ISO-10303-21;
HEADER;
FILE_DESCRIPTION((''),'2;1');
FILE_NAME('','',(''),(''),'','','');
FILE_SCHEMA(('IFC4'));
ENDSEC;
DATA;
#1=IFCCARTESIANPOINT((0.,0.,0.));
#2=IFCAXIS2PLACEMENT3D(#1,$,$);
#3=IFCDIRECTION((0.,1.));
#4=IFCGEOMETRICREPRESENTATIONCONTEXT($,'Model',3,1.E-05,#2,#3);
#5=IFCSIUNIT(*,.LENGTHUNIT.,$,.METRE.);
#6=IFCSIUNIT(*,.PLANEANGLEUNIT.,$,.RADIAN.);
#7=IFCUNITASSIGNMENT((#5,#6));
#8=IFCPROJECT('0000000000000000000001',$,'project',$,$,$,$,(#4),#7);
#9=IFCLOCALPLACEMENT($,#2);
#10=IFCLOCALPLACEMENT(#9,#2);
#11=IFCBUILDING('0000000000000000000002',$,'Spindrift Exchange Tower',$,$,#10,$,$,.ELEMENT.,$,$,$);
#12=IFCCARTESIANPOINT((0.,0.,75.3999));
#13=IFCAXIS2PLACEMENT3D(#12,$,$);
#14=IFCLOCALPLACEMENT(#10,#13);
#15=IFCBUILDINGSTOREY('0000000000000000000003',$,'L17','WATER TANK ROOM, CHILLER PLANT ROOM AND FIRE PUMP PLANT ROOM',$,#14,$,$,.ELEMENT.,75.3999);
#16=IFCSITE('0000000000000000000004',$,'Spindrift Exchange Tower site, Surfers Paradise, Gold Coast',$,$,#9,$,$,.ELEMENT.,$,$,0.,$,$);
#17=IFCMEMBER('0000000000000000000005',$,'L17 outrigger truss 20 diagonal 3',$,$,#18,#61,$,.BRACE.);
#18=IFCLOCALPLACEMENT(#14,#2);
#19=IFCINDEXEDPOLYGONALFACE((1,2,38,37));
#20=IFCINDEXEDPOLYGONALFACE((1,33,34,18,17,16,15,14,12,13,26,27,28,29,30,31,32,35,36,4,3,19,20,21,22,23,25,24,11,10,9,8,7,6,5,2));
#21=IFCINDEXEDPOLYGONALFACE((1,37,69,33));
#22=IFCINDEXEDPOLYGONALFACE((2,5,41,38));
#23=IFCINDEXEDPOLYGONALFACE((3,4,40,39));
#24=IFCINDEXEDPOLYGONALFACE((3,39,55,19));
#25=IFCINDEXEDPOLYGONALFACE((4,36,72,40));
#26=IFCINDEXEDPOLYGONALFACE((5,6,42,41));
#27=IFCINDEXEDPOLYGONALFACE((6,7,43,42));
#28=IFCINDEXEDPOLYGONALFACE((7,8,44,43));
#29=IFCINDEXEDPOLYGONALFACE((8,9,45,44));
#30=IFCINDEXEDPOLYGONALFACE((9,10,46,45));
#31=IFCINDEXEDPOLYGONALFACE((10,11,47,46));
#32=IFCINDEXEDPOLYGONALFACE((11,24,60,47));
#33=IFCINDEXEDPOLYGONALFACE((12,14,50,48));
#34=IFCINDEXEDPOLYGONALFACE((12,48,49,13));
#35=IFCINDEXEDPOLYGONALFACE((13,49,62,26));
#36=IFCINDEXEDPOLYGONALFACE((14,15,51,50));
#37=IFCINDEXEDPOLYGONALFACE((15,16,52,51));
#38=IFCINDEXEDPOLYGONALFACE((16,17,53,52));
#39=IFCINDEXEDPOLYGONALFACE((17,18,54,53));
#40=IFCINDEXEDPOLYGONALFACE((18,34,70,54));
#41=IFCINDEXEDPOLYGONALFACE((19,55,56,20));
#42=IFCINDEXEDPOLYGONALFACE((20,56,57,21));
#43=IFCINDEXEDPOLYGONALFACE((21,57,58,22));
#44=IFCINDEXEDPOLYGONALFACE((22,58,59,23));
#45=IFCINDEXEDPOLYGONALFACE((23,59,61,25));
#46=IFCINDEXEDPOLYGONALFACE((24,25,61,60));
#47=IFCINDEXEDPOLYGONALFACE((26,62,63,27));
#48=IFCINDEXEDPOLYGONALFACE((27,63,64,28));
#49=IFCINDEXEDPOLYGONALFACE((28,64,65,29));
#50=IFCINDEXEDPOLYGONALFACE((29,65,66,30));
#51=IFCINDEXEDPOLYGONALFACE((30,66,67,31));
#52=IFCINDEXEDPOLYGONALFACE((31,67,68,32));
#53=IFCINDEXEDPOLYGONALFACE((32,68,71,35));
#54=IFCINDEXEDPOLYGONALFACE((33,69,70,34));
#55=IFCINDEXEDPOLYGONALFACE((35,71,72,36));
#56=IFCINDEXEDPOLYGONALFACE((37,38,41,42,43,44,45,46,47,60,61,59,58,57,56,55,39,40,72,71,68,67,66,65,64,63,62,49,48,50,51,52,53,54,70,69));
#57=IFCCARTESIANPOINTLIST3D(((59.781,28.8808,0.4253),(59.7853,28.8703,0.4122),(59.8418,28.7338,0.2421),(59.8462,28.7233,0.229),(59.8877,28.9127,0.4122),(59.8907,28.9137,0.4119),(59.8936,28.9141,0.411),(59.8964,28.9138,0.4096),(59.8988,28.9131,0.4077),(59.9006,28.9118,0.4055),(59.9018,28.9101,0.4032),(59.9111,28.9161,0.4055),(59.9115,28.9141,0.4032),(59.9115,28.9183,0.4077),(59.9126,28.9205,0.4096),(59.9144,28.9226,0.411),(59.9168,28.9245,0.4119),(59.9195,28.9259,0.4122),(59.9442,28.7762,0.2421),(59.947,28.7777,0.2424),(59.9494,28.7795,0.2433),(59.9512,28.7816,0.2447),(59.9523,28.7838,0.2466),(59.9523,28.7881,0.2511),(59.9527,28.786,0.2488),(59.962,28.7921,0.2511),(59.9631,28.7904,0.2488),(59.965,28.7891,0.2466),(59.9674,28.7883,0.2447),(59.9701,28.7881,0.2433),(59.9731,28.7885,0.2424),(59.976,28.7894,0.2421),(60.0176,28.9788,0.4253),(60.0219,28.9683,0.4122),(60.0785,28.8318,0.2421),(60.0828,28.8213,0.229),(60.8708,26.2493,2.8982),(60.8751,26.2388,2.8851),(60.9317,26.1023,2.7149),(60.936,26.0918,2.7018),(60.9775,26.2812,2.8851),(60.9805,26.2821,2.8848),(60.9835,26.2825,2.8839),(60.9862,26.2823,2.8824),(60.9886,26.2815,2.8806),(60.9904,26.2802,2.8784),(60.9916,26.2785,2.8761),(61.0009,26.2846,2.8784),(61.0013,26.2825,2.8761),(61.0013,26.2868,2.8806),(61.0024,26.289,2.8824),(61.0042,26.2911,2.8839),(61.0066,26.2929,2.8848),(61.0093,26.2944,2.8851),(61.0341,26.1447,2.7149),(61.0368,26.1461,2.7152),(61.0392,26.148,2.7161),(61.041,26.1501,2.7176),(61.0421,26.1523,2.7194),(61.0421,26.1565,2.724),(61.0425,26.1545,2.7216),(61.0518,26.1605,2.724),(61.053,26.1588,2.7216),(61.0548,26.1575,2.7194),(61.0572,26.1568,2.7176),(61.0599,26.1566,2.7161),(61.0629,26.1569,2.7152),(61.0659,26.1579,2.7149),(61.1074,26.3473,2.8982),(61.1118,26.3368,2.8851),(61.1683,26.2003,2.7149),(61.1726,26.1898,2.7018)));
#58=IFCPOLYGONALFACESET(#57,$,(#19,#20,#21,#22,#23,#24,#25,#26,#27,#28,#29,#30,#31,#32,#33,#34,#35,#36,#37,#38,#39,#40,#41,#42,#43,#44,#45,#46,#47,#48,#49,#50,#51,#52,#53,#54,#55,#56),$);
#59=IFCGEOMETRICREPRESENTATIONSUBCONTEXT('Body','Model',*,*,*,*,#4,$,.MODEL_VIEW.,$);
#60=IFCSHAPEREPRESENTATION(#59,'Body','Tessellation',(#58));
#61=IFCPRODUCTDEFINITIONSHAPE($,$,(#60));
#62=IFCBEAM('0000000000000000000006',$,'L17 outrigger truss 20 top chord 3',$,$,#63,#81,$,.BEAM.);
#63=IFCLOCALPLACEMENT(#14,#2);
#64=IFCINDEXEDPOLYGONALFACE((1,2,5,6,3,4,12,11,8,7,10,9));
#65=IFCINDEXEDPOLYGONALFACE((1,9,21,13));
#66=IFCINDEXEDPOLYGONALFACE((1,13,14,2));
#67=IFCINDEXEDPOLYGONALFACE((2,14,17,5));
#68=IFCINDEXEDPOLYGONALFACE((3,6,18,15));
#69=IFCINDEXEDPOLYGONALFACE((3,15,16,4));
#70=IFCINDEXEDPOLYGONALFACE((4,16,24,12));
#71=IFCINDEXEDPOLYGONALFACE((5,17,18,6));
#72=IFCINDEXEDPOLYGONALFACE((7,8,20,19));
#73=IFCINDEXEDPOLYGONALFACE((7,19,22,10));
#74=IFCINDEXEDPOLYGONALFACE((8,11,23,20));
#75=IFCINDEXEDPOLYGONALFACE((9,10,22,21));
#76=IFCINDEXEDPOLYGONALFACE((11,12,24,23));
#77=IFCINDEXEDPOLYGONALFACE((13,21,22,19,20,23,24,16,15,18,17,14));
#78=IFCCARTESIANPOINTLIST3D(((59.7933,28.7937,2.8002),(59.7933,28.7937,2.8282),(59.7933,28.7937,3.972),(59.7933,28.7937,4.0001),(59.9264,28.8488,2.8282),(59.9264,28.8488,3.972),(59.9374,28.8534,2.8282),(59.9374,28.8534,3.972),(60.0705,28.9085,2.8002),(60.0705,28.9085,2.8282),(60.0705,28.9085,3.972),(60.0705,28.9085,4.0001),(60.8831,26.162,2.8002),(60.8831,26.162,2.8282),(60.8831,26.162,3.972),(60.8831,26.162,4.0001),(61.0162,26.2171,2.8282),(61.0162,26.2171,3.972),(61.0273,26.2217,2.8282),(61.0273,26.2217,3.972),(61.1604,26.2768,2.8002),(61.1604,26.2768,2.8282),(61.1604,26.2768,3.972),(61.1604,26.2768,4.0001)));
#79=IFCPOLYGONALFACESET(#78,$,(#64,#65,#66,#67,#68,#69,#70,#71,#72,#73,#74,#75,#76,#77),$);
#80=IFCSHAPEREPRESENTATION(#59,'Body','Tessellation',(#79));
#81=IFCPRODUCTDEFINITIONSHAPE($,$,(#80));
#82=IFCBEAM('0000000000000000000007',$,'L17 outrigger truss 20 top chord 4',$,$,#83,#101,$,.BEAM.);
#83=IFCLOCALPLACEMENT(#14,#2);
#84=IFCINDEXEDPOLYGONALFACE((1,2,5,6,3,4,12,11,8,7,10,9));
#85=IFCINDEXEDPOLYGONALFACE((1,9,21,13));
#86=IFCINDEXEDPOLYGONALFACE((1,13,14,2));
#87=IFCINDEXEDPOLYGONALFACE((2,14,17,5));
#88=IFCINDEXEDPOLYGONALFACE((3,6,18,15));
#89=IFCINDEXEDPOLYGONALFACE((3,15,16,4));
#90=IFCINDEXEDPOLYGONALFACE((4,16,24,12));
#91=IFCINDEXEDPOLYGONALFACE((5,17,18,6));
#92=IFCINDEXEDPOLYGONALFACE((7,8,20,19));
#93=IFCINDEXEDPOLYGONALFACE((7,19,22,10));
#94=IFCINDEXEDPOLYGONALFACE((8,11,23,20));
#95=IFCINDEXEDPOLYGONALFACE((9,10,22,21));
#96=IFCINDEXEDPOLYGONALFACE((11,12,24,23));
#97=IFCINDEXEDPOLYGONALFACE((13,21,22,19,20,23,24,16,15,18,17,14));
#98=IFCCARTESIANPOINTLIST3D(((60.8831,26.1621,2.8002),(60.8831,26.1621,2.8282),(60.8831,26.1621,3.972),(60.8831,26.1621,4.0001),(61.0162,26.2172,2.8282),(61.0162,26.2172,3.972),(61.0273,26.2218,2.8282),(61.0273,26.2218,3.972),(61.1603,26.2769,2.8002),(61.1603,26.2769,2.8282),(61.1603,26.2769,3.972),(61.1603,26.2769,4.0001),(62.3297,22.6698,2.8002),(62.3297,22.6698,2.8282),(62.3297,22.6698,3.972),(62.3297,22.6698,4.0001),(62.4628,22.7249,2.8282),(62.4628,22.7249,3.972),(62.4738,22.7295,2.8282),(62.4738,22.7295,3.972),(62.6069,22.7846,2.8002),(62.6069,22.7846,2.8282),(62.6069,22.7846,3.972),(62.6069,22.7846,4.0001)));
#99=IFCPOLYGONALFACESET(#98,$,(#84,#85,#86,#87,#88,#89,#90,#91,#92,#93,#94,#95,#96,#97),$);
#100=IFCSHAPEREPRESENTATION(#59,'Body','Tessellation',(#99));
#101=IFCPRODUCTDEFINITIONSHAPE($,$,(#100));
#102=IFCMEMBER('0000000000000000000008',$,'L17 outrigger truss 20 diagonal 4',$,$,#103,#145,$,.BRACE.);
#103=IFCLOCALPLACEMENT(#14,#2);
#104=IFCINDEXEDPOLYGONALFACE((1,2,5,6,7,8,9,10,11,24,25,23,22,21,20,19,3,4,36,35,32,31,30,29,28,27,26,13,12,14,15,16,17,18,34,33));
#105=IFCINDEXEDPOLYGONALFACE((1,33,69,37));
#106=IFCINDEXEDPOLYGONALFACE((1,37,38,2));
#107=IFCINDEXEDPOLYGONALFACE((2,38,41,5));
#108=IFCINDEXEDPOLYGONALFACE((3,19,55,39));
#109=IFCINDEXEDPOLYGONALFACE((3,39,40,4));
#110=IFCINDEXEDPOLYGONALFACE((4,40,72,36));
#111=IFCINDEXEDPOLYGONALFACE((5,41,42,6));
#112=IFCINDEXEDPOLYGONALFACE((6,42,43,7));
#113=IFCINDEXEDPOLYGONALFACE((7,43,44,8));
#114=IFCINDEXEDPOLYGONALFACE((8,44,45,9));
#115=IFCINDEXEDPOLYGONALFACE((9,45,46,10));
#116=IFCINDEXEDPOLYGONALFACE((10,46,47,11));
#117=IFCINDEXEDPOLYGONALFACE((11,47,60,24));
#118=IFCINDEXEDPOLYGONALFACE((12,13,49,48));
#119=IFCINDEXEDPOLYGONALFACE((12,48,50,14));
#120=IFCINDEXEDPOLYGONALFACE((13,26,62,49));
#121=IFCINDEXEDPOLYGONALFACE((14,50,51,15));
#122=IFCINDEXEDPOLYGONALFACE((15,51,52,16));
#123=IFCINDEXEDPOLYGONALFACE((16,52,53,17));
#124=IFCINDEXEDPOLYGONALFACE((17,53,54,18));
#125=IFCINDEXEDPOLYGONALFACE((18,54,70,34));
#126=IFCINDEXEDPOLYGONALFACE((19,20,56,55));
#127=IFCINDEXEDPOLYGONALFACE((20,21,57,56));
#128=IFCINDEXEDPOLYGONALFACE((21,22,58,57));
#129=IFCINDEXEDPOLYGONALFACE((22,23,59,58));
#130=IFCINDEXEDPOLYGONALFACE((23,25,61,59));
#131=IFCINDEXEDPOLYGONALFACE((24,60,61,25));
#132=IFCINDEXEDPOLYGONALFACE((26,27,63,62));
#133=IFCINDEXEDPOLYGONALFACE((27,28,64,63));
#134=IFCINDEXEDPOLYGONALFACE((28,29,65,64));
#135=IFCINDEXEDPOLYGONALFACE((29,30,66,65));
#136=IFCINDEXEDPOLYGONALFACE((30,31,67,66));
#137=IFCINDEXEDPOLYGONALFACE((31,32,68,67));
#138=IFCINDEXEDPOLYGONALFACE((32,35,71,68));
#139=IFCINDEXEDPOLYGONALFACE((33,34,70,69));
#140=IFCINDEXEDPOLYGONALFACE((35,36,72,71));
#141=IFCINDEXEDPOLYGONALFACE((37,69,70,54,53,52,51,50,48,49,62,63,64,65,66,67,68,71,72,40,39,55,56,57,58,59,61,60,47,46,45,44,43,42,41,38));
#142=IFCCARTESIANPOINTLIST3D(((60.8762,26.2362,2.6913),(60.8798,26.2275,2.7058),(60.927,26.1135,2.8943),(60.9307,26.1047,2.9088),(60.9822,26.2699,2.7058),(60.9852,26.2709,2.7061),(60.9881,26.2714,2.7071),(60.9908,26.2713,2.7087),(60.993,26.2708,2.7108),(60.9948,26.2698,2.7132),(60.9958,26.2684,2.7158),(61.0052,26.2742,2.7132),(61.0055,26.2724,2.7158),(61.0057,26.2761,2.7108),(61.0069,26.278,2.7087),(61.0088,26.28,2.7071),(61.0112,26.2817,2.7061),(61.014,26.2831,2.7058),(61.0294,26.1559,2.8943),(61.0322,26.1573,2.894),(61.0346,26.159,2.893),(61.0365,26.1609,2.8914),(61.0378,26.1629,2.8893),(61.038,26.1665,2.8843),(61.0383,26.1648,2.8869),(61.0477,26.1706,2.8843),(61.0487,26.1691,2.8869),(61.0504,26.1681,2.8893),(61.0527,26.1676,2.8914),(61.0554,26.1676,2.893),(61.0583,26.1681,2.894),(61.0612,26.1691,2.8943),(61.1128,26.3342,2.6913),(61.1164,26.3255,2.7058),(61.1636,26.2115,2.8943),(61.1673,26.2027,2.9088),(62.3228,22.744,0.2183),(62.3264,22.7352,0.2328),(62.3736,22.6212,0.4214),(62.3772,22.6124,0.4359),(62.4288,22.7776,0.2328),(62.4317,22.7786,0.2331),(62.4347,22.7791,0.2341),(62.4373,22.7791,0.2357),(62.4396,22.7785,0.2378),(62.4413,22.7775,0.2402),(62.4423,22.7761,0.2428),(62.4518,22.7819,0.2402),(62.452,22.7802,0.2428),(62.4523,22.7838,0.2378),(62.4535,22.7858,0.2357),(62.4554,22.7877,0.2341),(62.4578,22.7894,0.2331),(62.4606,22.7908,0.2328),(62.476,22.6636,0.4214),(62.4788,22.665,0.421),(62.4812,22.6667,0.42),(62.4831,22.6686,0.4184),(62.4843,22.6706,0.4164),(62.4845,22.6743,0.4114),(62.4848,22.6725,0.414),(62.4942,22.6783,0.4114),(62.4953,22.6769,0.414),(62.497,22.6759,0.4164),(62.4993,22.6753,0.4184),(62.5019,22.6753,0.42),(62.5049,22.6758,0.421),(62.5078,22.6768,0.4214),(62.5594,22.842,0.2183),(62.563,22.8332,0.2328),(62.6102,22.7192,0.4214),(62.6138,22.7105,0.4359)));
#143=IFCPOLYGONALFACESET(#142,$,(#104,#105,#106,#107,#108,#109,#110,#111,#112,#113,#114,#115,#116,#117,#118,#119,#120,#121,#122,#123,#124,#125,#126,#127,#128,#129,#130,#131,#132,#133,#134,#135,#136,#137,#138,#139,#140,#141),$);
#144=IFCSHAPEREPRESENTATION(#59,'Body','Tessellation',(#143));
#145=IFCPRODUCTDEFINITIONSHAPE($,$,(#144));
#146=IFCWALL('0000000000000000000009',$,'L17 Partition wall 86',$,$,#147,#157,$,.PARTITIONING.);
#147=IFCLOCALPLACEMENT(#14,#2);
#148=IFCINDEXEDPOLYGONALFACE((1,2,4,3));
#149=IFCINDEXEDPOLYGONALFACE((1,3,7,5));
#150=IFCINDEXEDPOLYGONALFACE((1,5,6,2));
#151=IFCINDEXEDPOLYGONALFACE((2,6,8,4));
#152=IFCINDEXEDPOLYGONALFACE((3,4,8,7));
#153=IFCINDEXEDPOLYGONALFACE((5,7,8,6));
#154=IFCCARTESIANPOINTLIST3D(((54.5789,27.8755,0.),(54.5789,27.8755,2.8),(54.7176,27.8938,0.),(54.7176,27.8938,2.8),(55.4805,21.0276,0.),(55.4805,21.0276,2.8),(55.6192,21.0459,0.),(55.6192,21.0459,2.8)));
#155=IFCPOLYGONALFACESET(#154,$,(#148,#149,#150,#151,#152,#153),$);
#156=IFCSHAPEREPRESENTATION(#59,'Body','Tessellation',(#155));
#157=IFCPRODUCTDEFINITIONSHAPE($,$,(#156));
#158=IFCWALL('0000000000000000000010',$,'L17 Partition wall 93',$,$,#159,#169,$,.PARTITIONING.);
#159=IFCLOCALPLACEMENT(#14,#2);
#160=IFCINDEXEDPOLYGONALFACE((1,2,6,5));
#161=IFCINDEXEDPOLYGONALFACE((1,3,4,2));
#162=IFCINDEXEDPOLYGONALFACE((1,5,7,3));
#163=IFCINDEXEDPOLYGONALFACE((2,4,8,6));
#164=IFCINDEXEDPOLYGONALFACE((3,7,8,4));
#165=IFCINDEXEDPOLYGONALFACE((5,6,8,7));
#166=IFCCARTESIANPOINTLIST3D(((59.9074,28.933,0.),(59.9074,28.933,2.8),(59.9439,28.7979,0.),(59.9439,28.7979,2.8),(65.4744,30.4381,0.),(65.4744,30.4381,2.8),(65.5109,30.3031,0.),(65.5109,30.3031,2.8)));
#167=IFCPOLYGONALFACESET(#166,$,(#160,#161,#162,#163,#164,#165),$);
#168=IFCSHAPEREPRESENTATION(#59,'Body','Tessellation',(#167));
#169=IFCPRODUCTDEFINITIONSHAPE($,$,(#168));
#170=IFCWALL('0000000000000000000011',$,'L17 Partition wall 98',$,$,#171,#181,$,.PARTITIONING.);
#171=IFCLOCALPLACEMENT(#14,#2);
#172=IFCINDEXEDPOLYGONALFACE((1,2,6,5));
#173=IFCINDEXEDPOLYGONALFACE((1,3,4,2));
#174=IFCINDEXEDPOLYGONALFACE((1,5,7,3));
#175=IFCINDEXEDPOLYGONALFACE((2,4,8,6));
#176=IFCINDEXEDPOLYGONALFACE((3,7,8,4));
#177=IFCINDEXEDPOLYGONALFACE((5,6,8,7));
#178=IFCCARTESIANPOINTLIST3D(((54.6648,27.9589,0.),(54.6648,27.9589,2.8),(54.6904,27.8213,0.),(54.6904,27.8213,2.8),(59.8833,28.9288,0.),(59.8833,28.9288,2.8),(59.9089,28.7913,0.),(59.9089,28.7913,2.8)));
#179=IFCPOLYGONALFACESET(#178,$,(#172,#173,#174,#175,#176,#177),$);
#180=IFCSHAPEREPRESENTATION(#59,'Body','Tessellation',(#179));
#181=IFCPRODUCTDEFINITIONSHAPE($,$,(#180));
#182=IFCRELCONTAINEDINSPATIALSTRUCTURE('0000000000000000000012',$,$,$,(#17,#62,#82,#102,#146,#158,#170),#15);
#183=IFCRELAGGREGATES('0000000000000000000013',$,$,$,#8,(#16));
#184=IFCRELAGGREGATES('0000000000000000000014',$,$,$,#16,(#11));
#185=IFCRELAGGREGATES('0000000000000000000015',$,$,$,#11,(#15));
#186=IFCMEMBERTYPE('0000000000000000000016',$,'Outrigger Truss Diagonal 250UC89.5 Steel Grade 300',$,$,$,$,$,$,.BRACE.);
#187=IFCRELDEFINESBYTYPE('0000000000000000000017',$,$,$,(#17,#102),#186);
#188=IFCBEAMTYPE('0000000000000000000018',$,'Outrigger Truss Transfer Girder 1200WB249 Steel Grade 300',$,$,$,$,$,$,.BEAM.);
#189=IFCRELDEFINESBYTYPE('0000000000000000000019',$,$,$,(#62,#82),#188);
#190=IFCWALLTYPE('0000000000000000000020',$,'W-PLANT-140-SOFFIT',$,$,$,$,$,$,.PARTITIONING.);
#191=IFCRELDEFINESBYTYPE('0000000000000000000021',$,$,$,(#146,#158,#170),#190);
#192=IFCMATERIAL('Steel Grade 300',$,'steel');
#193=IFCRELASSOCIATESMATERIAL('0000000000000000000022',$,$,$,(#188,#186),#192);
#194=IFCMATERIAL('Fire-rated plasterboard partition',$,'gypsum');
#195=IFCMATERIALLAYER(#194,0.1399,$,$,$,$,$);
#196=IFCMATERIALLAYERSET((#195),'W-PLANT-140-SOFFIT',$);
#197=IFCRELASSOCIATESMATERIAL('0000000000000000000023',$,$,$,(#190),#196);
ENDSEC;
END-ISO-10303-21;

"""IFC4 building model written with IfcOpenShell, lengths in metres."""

from ifc_helpers import new_model, si_unit, direction, frame, frame_2d, origin, origin_2d, place, context, subcontext, project, spatial, rectangle, i_section, extrude, source, transform, mapped, material, layer, layer_set, material_profile, profile_set, type_object, element, save


model = new_model("IFC4")

# Units and contexts
model_context = context("Model", 3, precision=1e-05, world=origin(), true_north=direction((0.0, 1.0)))
body_context = subcontext(model_context, "Body", "Model", "MODEL_VIEW")
ifc_project = project(units=[si_unit("LENGTHUNIT", "METRE"), si_unit("PLANEANGLEUNIT", "RADIAN")], contexts=[model_context])

# Site, building, storey
site_placement = place(None, origin())
site = spatial("IfcSite", under=ifc_project, at=site_placement, Name="Spindrift Exchange Tower site, Surfers Paradise, Gold Coast", CompositionType="ELEMENT", RefElevation=0.0)
building_placement = place(site_placement, origin())
building = spatial("IfcBuilding", under=site, at=building_placement, Name="Spindrift Exchange Tower", CompositionType="ELEMENT")
storey_placement = place(building_placement, frame((0.0, 0.0, 75.3999)))
storey = spatial("IfcBuildingStorey", under=building, at=storey_placement, Name="L17", Description="WATER TANK ROOM, CHILLER PLANT ROOM AND FIRE PUMP PLANT ROOM", CompositionType="ELEMENT", Elevation=75.3999)

# Shared definitions
ifc_material_1 = material(Name="Steel Grade 300", Category="steel")

# Shared definitions
ifc_material_profile_1 = material_profile(ifc_material_1, i_section(OverallWidth=0.3, OverallDepth=1.2, WebThickness=0.012, FlangeThickness=0.0281, at=origin_2d()), Name="1200WB249")
ifc_profile_set_1 = profile_set([ifc_material_profile_1], Name="Steel Grade 300")
beam_type = type_object("IfcBeamType", Name="Outrigger Truss Transfer Girder 1200WB249 Steel Grade 300", PredefinedType="BEAM", material=ifc_profile_set_1)

# Shared definitions
ifc_material_profile_2 = material_profile(ifc_material_1, i_section(OverallWidth=0.2561, OverallDepth=0.26, WebThickness=0.0105, FlangeThickness=0.0173, FilletRadius=0.012, at=origin_2d()), Name="250UC89.5")
ifc_profile_set_2 = profile_set([ifc_material_profile_2], Name="Steel Grade 300")
member_type_1 = type_object("IfcMemberType", Name="Outrigger Truss Diagonal 250UC89.5 Steel Grade 300", PredefinedType="BRACE", material=ifc_profile_set_2)

# Member
shared_shape_1 = source(origin(), body_context, "Body", "SweptSolid", [
    extrude(i_section(OverallWidth=0.2561, OverallDepth=0.26, WebThickness=0.0105, FlangeThickness=0.0173, FilletRadius=0.012, at=origin_2d()), origin(), (0.0, 0.0, 1.0), 3.772),
])
member_1_placement = place(storey_placement, frame((59.9319, 28.8511, 0.3271), z_axis=(0.288927, -0.697658, 0.655587), x_axis=(0.923904, 0.382624, 0.0)))
element("IfcMember", 1, at=member_1_placement, inside=storey, type_object=member_type_1, Name="L17 outrigger truss 20 diagonal 3", PredefinedType="BRACE", context=body_context, shape_type="MappedRepresentation", body=[
    mapped(shared_shape_1, transform((0.0, 0.0, 0.0), scale=1.0)),
])

# Beams
shared_shape_2 = source(origin(), body_context, "Body", "SweptSolid", [
    extrude(i_section(OverallWidth=0.3, OverallDepth=1.2, WebThickness=0.012, FlangeThickness=0.0281, at=origin_2d()), origin(), (0.0, 0.0, 1.0), 2.8484),
])
beam_1_placement = place(storey_placement, frame((59.9319, 28.8511, 3.4001), z_axis=(0.382624, -0.923904, 0.0), x_axis=(0.923904, 0.382624, 0.0)))
element("IfcBeam", 2, at=beam_1_placement, inside=storey, type_object=beam_type, Name="L17 outrigger truss 20 top chord 3", PredefinedType="BEAM", context=body_context, shape_type="MappedRepresentation", body=[
    mapped(shared_shape_2, transform((0.0, 0.0, 0.0), scale=1.0)),
])
shared_shape_3 = source(origin(), body_context, "Body", "SweptSolid", [
    extrude(i_section(OverallWidth=0.3, OverallDepth=1.2, WebThickness=0.012, FlangeThickness=0.0281, at=origin_2d()), origin(), (0.0, 0.0, 1.0), 3.78),
])
beam_2_placement = place(storey_placement, frame((61.0217, 26.2195, 3.4001), z_axis=(0.382688, -0.923877, 0.0), x_axis=(0.923877, 0.382688, 0.0)))
element("IfcBeam", 3, at=beam_2_placement, inside=storey, type_object=beam_type, Name="L17 outrigger truss 20 top chord 4", PredefinedType="BEAM", context=body_context, shape_type="MappedRepresentation", body=[
    mapped(shared_shape_3, transform((0.0, 0.0, 0.0), scale=1.0)),
])

# Member
shared_shape_4 = source(origin(), body_context, "Body", "SweptSolid", [
    extrude(i_section(OverallWidth=0.2561, OverallDepth=0.26, WebThickness=0.0105, FlangeThickness=0.0173, FilletRadius=0.012, at=origin_2d()), origin(), (0.0, 0.0, 1.0), 4.5171),
])
member_2_placement = place(storey_placement, frame((61.0217, 26.2195, 2.8), z_axis=(0.320244, -0.773125, -0.547468), x_axis=(0.923877, 0.382688, 0.0)))
element("IfcMember", 4, at=member_2_placement, inside=storey, type_object=member_type_1, Name="L17 outrigger truss 20 diagonal 4", PredefinedType="BRACE", context=body_context, shape_type="MappedRepresentation", body=[
    mapped(shared_shape_4, transform((0.0, 0.0, 0.0), scale=1.0)),
])

# Walls
ifc_material_2 = material(Name="Fire-rated plasterboard partition", Category="gypsum")
ifc_layer_1 = layer(ifc_material_2, 0.1399)
ifc_layer_set_1 = layer_set([ifc_layer_1], Name="W-PLANT-140-SOFFIT")
wall_type = type_object("IfcWallType", Name="W-PLANT-140-SOFFIT", PredefinedType="PARTITIONING", material=ifc_layer_set_1)
wall_1_placement = place(storey_placement, frame((54.6482, 27.8848, 0.0), z_axis=(0.0, 0.0, 1.0), x_axis=(0.130536, -0.991444, 0.0)))
element("IfcWall", 5, at=wall_1_placement, inside=storey, type_object=wall_type, Name="L17 Partition wall 86", PredefinedType="PARTITIONING", context=body_context, shape_type="SweptSolid", body=[
    extrude(rectangle(XDim=6.907, YDim=0.1399, at=frame_2d((3.4536, 0.0))), origin(), (0.0, 0.0, 1.0), 2.8),
])
wall_2_placement = place(storey_placement, frame((59.9258, 28.8655, 0.0), z_axis=(0.0, 0.0, 1.0), x_axis=(0.965339, 0.261, 0.0)))
element("IfcWall", 6, at=wall_2_placement, inside=storey, type_object=wall_type, Name="L17 Partition wall 93", PredefinedType="PARTITIONING", context=body_context, shape_type="SweptSolid", body=[
    extrude(rectangle(XDim=5.7668, YDim=0.1399, at=frame_2d((2.8833, 0.0))), origin(), (0.0, 0.0, 1.0), 2.8),
])
wall_3_placement = place(storey_placement, frame((54.6777, 27.8901, 0.0), z_axis=(0.0, 0.0, 1.0), x_axis=(0.983161, 0.182741, 0.0)))
element("IfcWall", 7, at=wall_3_placement, inside=storey, type_object=wall_type, Name="L17 Partition wall 98", PredefinedType="PARTITIONING", context=body_context, shape_type="SweptSolid", body=[
    extrude(rectangle(XDim=5.3079, YDim=0.1399, at=frame_2d((2.6538, 0.0))), origin(), (0.0, 0.0, 1.0), 2.8),
])

save(model, "model.ifc")
